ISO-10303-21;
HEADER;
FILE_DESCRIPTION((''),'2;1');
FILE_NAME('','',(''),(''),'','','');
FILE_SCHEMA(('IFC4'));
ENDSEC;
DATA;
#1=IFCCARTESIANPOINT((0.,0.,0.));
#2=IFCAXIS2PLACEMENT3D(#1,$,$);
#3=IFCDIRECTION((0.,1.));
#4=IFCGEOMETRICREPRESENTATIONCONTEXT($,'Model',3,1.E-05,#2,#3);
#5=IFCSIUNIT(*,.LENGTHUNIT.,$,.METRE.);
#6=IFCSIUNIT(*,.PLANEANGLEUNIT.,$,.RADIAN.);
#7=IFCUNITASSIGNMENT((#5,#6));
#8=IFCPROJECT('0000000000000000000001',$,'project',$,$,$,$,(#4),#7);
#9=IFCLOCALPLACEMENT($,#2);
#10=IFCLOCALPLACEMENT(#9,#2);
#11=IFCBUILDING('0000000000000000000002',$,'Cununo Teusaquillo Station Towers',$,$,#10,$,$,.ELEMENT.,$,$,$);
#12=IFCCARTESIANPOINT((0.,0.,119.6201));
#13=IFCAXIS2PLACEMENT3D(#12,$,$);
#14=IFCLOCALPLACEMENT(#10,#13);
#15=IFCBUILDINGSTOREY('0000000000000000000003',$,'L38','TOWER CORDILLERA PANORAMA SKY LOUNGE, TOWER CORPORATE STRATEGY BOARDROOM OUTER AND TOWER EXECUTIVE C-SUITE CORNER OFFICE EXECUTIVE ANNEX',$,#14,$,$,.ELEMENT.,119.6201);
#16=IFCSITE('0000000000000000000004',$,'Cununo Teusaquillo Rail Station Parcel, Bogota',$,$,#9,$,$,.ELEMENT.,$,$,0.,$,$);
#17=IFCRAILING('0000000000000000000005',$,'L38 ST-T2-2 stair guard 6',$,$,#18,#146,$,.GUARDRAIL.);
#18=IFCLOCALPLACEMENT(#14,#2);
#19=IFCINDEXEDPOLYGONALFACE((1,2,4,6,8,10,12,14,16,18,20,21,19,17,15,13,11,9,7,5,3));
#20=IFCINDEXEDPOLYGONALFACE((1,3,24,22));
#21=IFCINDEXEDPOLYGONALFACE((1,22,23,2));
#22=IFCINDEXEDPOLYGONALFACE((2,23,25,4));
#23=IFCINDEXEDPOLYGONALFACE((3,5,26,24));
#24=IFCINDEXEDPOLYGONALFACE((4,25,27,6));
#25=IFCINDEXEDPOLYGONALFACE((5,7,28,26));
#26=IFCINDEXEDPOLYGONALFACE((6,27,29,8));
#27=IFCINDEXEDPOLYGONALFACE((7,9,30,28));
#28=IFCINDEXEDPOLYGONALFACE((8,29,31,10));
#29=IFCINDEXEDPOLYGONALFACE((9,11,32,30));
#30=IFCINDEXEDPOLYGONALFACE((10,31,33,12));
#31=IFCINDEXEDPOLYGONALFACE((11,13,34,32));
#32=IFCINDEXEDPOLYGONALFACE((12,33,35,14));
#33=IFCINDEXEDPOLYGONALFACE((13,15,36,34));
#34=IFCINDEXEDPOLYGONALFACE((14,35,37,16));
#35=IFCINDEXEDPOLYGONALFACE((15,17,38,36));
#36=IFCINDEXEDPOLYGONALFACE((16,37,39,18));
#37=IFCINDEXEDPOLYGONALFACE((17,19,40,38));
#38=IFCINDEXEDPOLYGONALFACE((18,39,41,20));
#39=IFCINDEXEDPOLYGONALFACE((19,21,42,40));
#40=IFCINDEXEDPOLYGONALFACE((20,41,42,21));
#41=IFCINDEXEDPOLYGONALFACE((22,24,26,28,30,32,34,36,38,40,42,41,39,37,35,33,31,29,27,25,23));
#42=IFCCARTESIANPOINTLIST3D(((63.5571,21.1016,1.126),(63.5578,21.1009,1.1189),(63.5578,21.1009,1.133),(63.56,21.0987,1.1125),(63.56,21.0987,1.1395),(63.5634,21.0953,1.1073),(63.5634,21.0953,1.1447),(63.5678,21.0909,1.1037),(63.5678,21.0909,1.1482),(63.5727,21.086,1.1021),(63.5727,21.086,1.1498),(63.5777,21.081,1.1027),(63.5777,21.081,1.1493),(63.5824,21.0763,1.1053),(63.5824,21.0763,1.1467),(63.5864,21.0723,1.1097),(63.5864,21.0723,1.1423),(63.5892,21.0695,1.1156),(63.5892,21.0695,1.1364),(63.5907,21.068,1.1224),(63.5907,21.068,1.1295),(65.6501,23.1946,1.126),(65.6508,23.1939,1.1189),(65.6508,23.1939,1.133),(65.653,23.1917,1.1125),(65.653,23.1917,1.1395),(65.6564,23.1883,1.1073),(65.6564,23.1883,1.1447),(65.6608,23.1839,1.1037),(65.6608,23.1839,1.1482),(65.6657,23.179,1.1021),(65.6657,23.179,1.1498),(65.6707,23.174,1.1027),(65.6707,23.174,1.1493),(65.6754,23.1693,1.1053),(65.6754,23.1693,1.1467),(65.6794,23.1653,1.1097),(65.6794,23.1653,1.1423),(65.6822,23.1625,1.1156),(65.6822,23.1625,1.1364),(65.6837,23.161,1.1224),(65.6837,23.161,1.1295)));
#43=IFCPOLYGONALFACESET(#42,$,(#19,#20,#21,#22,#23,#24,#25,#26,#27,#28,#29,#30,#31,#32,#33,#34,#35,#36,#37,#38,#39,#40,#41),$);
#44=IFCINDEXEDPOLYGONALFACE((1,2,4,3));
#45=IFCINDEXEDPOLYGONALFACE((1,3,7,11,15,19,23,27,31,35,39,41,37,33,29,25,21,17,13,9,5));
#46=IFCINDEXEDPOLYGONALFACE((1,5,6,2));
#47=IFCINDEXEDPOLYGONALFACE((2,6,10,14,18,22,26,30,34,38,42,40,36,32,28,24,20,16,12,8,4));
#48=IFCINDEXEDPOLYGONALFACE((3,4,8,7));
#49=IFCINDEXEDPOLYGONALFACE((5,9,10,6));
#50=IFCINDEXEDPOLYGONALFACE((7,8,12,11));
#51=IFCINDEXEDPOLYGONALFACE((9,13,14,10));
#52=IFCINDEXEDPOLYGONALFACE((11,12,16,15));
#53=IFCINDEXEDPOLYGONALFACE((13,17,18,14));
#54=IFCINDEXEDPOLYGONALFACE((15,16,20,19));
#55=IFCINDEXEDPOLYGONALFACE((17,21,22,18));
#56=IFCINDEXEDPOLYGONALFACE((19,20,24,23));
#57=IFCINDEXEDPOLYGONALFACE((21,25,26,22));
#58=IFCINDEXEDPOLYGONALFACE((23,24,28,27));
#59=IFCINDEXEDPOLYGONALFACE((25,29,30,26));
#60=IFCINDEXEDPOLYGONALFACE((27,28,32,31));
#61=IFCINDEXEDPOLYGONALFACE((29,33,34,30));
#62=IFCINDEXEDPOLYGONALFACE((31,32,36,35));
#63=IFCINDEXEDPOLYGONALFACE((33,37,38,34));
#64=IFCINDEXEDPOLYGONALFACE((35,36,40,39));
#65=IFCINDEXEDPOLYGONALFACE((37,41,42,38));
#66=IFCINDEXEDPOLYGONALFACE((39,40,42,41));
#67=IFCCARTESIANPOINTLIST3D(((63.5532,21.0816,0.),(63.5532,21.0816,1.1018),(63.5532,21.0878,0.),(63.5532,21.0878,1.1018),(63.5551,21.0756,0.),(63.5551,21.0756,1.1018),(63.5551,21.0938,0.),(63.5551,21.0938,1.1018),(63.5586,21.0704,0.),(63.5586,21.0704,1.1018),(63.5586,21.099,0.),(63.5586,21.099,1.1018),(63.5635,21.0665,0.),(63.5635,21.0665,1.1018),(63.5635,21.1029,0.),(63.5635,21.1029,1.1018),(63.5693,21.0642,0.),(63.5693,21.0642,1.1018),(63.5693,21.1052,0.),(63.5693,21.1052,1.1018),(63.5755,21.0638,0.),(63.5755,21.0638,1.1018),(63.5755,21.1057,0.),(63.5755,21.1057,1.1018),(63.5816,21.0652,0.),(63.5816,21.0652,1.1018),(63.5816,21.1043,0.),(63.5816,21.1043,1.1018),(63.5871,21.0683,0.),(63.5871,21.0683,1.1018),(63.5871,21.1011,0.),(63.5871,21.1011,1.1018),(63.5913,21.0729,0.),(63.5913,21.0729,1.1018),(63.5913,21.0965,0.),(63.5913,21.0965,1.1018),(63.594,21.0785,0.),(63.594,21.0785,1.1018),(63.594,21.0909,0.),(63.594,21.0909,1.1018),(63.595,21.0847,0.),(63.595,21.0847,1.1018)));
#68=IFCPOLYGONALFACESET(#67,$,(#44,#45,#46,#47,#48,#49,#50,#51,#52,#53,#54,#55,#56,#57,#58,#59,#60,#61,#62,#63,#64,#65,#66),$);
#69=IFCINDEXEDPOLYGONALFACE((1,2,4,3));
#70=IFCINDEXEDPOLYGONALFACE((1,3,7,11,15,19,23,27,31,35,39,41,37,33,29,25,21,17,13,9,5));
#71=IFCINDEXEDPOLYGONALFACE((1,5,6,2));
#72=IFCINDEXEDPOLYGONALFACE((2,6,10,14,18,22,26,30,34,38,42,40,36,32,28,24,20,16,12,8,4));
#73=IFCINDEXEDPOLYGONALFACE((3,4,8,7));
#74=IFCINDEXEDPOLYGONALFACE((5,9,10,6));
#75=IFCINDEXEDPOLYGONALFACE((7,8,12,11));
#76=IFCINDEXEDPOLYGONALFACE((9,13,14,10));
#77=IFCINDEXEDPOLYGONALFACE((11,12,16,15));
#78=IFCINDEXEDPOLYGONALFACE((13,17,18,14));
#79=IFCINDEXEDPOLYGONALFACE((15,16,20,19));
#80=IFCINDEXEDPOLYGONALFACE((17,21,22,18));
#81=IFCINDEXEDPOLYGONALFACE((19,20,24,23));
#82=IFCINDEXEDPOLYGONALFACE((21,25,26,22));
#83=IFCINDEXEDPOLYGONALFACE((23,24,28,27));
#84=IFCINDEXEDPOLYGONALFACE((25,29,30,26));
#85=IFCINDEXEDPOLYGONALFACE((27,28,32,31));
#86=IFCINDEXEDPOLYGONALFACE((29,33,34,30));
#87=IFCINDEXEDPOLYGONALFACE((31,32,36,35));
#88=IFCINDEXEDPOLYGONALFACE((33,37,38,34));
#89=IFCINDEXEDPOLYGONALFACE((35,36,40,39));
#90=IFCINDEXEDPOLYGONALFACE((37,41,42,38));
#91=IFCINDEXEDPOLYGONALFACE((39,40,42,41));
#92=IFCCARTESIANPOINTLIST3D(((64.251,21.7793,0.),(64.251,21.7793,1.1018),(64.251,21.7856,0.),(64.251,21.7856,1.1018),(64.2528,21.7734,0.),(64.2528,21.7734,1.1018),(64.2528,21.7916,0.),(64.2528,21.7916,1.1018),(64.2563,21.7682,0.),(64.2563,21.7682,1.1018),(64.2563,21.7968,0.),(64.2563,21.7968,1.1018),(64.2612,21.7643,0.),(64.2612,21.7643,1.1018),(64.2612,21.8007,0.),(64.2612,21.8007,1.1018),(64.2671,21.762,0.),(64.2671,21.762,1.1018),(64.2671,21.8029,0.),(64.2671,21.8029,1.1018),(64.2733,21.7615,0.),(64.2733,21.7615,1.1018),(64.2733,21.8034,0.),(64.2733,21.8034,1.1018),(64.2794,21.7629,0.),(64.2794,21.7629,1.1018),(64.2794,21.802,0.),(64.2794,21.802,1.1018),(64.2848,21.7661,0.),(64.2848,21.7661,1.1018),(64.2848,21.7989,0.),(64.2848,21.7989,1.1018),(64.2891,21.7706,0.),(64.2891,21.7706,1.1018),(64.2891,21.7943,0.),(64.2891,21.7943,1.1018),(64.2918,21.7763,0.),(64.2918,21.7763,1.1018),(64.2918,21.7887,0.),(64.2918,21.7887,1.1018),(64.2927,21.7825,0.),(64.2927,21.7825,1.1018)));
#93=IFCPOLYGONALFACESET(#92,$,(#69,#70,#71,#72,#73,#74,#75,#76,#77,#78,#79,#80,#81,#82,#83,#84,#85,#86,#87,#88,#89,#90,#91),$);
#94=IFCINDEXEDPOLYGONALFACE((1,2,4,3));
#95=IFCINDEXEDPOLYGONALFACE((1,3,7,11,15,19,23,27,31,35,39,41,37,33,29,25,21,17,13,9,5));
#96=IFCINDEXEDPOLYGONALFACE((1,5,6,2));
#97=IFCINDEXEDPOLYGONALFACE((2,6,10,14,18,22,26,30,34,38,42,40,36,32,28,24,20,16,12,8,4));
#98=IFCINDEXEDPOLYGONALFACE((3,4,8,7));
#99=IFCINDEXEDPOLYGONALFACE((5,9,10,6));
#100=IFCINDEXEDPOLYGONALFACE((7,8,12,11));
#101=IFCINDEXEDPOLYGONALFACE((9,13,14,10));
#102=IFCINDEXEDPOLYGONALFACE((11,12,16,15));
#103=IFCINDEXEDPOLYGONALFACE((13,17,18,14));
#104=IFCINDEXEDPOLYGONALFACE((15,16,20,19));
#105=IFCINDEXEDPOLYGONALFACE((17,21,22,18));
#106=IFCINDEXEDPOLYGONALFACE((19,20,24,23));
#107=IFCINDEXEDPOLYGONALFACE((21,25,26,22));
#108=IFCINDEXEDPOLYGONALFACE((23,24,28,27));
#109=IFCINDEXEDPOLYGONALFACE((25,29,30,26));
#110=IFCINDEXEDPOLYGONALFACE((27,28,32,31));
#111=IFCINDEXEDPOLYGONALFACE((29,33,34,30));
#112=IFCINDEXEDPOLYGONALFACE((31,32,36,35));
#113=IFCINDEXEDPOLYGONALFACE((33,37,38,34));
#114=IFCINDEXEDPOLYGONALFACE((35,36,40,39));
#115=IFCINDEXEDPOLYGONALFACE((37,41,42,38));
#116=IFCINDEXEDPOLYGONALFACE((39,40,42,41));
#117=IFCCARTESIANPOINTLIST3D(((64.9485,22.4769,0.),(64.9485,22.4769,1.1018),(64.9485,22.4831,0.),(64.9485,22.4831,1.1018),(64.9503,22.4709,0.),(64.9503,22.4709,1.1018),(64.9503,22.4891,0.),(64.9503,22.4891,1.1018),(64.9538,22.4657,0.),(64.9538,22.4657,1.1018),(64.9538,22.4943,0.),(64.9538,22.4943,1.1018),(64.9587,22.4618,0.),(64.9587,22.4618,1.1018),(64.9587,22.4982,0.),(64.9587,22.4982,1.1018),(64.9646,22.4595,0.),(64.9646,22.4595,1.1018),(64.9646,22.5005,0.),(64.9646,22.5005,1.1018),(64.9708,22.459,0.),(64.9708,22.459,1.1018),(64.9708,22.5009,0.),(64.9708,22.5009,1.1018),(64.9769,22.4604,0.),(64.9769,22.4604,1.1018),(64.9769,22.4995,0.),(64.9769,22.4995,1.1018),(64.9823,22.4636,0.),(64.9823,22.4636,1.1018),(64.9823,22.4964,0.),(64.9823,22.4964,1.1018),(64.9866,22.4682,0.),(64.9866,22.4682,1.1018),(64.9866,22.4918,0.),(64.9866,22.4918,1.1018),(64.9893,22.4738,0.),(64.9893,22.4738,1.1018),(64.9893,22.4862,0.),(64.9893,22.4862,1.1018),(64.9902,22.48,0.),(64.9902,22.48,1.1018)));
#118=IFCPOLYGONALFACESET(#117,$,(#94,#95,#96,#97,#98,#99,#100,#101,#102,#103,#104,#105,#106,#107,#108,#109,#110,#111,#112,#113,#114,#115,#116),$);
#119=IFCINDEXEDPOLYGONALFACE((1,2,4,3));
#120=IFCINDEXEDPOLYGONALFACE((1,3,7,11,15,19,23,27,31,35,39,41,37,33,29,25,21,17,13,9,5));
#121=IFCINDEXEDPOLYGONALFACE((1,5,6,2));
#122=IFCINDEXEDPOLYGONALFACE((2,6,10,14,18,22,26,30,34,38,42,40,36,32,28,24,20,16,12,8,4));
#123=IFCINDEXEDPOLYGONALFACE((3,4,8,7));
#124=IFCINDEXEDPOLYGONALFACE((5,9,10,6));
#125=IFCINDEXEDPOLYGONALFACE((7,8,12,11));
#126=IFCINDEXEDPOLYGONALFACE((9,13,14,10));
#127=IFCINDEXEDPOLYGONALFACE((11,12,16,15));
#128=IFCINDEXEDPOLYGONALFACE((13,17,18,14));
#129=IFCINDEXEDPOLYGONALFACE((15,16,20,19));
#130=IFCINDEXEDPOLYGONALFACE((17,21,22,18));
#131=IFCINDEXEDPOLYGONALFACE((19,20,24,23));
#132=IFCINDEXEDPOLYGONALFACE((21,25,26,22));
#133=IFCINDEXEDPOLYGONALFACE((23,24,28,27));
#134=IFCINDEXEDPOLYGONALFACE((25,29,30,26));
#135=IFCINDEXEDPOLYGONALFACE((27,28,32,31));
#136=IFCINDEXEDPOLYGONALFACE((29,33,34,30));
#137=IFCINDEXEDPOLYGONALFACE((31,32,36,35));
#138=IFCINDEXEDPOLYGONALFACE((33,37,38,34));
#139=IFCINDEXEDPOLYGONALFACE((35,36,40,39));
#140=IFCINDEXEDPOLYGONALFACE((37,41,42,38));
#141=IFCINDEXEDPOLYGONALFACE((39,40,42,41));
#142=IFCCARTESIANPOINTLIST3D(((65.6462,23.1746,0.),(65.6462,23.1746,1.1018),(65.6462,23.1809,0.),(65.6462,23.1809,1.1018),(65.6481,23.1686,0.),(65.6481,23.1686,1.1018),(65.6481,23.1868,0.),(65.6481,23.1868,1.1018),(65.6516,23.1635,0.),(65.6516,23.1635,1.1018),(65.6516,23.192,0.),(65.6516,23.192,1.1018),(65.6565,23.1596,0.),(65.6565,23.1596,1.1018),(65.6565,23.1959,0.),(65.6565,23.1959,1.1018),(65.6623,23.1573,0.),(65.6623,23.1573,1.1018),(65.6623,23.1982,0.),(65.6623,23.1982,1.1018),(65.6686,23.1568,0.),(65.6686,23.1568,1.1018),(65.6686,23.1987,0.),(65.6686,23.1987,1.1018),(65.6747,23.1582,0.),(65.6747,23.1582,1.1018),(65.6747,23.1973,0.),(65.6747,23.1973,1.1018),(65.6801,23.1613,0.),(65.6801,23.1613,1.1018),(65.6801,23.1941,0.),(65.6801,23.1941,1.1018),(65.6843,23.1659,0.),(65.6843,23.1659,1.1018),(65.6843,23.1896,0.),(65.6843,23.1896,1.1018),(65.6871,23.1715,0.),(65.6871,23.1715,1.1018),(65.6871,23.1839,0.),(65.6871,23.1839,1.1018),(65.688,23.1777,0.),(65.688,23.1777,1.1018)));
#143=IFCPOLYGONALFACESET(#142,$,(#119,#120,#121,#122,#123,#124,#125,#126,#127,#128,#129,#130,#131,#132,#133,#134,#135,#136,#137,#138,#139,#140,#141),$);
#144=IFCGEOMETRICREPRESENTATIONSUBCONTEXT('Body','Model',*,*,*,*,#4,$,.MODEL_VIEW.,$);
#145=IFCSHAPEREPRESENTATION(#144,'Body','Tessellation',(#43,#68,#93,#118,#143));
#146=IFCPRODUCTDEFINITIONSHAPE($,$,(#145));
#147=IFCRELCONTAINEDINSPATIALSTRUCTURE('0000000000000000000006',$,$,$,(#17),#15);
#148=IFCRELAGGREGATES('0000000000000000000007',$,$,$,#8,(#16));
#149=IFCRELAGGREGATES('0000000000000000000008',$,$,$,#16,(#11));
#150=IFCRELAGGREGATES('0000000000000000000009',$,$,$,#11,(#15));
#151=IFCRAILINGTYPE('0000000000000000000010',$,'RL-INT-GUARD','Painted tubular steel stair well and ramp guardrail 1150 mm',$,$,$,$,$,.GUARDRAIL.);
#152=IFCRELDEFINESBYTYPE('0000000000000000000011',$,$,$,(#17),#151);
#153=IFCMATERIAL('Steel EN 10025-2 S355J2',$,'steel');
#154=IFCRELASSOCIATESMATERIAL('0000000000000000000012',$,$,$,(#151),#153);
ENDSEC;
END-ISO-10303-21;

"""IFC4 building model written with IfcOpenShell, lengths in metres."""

from ifc_helpers import new_model, si_unit, direction, frame, origin, origin_2d, place, context, subcontext, project, spatial, circle, extrude, material, type_object, element, save


model = new_model("IFC4")

# Units and contexts
model_context = context("Model", 3, precision=1e-05, world=origin(), true_north=direction((0.0, 1.0)))
body_context = subcontext(model_context, "Body", "Model", "MODEL_VIEW")
ifc_project = project(units=[si_unit("LENGTHUNIT", "METRE"), si_unit("PLANEANGLEUNIT", "RADIAN")], contexts=[model_context])

# Site, building, storey
site_placement = place(None, origin())
site = spatial("IfcSite", under=ifc_project, at=site_placement, Name="Cununo Teusaquillo Rail Station Parcel, Bogota", CompositionType="ELEMENT", RefElevation=0.0)
building_placement = place(site_placement, origin())
building = spatial("IfcBuilding", under=site, at=building_placement, Name="Cununo Teusaquillo Station Towers", CompositionType="ELEMENT")
storey_placement = place(building_placement, frame((0.0, 0.0, 119.6201)))
storey = spatial("IfcBuildingStorey", under=building, at=storey_placement, Name="L38", Description="TOWER CORDILLERA PANORAMA SKY LOUNGE, TOWER CORPORATE STRATEGY BOARDROOM OUTER AND TOWER EXECUTIVE C-SUITE CORNER OFFICE EXECUTIVE ANNEX", CompositionType="ELEMENT", Elevation=119.6201)

# Railing
ifc_material_1 = material(Name="Steel EN 10025-2 S355J2", Category="steel")
railing_type = type_object("IfcRailingType", Name="RL-INT-GUARD", Description="Painted tubular steel stair well and ramp guardrail 1150 mm", PredefinedType="GUARDRAIL", material=ifc_material_1)
railing_1_placement = place(storey_placement, frame((63.574, 21.0847, 0.0)))
element("IfcRailing", 1, at=railing_1_placement, inside=storey, type_object=railing_type, Name="L38 ST-T2-2 stair guard 6", PredefinedType="GUARDRAIL", context=body_context, shape_type="SweptSolid", body=[
    extrude(circle(Radius=0.0239, at=origin_2d()), frame((0.0, 0.0, 1.126), z_axis=(0.707107, 0.707107, 0.0), x_axis=(-0.707107, 0.707107, 0.0)), (0.0, 0.0, 1.0), 2.96),
    extrude(circle(Radius=0.021, at=origin_2d()), origin(), (0.0, 0.0, 1.0), 1.1018),
    extrude(circle(Radius=0.021, at=origin_2d()), frame((0.6978, 0.6978, 0.0)), (0.0, 0.0, 1.0), 1.1018),
    extrude(circle(Radius=0.021, at=origin_2d()), frame((1.3953, 1.3953, 0.0)), (0.0, 0.0, 1.0), 1.1018),
    extrude(circle(Radius=0.021, at=origin_2d()), frame((2.093, 2.093, 0.0)), (0.0, 0.0, 1.0), 1.1018),
])

save(model, "model.ifc")
